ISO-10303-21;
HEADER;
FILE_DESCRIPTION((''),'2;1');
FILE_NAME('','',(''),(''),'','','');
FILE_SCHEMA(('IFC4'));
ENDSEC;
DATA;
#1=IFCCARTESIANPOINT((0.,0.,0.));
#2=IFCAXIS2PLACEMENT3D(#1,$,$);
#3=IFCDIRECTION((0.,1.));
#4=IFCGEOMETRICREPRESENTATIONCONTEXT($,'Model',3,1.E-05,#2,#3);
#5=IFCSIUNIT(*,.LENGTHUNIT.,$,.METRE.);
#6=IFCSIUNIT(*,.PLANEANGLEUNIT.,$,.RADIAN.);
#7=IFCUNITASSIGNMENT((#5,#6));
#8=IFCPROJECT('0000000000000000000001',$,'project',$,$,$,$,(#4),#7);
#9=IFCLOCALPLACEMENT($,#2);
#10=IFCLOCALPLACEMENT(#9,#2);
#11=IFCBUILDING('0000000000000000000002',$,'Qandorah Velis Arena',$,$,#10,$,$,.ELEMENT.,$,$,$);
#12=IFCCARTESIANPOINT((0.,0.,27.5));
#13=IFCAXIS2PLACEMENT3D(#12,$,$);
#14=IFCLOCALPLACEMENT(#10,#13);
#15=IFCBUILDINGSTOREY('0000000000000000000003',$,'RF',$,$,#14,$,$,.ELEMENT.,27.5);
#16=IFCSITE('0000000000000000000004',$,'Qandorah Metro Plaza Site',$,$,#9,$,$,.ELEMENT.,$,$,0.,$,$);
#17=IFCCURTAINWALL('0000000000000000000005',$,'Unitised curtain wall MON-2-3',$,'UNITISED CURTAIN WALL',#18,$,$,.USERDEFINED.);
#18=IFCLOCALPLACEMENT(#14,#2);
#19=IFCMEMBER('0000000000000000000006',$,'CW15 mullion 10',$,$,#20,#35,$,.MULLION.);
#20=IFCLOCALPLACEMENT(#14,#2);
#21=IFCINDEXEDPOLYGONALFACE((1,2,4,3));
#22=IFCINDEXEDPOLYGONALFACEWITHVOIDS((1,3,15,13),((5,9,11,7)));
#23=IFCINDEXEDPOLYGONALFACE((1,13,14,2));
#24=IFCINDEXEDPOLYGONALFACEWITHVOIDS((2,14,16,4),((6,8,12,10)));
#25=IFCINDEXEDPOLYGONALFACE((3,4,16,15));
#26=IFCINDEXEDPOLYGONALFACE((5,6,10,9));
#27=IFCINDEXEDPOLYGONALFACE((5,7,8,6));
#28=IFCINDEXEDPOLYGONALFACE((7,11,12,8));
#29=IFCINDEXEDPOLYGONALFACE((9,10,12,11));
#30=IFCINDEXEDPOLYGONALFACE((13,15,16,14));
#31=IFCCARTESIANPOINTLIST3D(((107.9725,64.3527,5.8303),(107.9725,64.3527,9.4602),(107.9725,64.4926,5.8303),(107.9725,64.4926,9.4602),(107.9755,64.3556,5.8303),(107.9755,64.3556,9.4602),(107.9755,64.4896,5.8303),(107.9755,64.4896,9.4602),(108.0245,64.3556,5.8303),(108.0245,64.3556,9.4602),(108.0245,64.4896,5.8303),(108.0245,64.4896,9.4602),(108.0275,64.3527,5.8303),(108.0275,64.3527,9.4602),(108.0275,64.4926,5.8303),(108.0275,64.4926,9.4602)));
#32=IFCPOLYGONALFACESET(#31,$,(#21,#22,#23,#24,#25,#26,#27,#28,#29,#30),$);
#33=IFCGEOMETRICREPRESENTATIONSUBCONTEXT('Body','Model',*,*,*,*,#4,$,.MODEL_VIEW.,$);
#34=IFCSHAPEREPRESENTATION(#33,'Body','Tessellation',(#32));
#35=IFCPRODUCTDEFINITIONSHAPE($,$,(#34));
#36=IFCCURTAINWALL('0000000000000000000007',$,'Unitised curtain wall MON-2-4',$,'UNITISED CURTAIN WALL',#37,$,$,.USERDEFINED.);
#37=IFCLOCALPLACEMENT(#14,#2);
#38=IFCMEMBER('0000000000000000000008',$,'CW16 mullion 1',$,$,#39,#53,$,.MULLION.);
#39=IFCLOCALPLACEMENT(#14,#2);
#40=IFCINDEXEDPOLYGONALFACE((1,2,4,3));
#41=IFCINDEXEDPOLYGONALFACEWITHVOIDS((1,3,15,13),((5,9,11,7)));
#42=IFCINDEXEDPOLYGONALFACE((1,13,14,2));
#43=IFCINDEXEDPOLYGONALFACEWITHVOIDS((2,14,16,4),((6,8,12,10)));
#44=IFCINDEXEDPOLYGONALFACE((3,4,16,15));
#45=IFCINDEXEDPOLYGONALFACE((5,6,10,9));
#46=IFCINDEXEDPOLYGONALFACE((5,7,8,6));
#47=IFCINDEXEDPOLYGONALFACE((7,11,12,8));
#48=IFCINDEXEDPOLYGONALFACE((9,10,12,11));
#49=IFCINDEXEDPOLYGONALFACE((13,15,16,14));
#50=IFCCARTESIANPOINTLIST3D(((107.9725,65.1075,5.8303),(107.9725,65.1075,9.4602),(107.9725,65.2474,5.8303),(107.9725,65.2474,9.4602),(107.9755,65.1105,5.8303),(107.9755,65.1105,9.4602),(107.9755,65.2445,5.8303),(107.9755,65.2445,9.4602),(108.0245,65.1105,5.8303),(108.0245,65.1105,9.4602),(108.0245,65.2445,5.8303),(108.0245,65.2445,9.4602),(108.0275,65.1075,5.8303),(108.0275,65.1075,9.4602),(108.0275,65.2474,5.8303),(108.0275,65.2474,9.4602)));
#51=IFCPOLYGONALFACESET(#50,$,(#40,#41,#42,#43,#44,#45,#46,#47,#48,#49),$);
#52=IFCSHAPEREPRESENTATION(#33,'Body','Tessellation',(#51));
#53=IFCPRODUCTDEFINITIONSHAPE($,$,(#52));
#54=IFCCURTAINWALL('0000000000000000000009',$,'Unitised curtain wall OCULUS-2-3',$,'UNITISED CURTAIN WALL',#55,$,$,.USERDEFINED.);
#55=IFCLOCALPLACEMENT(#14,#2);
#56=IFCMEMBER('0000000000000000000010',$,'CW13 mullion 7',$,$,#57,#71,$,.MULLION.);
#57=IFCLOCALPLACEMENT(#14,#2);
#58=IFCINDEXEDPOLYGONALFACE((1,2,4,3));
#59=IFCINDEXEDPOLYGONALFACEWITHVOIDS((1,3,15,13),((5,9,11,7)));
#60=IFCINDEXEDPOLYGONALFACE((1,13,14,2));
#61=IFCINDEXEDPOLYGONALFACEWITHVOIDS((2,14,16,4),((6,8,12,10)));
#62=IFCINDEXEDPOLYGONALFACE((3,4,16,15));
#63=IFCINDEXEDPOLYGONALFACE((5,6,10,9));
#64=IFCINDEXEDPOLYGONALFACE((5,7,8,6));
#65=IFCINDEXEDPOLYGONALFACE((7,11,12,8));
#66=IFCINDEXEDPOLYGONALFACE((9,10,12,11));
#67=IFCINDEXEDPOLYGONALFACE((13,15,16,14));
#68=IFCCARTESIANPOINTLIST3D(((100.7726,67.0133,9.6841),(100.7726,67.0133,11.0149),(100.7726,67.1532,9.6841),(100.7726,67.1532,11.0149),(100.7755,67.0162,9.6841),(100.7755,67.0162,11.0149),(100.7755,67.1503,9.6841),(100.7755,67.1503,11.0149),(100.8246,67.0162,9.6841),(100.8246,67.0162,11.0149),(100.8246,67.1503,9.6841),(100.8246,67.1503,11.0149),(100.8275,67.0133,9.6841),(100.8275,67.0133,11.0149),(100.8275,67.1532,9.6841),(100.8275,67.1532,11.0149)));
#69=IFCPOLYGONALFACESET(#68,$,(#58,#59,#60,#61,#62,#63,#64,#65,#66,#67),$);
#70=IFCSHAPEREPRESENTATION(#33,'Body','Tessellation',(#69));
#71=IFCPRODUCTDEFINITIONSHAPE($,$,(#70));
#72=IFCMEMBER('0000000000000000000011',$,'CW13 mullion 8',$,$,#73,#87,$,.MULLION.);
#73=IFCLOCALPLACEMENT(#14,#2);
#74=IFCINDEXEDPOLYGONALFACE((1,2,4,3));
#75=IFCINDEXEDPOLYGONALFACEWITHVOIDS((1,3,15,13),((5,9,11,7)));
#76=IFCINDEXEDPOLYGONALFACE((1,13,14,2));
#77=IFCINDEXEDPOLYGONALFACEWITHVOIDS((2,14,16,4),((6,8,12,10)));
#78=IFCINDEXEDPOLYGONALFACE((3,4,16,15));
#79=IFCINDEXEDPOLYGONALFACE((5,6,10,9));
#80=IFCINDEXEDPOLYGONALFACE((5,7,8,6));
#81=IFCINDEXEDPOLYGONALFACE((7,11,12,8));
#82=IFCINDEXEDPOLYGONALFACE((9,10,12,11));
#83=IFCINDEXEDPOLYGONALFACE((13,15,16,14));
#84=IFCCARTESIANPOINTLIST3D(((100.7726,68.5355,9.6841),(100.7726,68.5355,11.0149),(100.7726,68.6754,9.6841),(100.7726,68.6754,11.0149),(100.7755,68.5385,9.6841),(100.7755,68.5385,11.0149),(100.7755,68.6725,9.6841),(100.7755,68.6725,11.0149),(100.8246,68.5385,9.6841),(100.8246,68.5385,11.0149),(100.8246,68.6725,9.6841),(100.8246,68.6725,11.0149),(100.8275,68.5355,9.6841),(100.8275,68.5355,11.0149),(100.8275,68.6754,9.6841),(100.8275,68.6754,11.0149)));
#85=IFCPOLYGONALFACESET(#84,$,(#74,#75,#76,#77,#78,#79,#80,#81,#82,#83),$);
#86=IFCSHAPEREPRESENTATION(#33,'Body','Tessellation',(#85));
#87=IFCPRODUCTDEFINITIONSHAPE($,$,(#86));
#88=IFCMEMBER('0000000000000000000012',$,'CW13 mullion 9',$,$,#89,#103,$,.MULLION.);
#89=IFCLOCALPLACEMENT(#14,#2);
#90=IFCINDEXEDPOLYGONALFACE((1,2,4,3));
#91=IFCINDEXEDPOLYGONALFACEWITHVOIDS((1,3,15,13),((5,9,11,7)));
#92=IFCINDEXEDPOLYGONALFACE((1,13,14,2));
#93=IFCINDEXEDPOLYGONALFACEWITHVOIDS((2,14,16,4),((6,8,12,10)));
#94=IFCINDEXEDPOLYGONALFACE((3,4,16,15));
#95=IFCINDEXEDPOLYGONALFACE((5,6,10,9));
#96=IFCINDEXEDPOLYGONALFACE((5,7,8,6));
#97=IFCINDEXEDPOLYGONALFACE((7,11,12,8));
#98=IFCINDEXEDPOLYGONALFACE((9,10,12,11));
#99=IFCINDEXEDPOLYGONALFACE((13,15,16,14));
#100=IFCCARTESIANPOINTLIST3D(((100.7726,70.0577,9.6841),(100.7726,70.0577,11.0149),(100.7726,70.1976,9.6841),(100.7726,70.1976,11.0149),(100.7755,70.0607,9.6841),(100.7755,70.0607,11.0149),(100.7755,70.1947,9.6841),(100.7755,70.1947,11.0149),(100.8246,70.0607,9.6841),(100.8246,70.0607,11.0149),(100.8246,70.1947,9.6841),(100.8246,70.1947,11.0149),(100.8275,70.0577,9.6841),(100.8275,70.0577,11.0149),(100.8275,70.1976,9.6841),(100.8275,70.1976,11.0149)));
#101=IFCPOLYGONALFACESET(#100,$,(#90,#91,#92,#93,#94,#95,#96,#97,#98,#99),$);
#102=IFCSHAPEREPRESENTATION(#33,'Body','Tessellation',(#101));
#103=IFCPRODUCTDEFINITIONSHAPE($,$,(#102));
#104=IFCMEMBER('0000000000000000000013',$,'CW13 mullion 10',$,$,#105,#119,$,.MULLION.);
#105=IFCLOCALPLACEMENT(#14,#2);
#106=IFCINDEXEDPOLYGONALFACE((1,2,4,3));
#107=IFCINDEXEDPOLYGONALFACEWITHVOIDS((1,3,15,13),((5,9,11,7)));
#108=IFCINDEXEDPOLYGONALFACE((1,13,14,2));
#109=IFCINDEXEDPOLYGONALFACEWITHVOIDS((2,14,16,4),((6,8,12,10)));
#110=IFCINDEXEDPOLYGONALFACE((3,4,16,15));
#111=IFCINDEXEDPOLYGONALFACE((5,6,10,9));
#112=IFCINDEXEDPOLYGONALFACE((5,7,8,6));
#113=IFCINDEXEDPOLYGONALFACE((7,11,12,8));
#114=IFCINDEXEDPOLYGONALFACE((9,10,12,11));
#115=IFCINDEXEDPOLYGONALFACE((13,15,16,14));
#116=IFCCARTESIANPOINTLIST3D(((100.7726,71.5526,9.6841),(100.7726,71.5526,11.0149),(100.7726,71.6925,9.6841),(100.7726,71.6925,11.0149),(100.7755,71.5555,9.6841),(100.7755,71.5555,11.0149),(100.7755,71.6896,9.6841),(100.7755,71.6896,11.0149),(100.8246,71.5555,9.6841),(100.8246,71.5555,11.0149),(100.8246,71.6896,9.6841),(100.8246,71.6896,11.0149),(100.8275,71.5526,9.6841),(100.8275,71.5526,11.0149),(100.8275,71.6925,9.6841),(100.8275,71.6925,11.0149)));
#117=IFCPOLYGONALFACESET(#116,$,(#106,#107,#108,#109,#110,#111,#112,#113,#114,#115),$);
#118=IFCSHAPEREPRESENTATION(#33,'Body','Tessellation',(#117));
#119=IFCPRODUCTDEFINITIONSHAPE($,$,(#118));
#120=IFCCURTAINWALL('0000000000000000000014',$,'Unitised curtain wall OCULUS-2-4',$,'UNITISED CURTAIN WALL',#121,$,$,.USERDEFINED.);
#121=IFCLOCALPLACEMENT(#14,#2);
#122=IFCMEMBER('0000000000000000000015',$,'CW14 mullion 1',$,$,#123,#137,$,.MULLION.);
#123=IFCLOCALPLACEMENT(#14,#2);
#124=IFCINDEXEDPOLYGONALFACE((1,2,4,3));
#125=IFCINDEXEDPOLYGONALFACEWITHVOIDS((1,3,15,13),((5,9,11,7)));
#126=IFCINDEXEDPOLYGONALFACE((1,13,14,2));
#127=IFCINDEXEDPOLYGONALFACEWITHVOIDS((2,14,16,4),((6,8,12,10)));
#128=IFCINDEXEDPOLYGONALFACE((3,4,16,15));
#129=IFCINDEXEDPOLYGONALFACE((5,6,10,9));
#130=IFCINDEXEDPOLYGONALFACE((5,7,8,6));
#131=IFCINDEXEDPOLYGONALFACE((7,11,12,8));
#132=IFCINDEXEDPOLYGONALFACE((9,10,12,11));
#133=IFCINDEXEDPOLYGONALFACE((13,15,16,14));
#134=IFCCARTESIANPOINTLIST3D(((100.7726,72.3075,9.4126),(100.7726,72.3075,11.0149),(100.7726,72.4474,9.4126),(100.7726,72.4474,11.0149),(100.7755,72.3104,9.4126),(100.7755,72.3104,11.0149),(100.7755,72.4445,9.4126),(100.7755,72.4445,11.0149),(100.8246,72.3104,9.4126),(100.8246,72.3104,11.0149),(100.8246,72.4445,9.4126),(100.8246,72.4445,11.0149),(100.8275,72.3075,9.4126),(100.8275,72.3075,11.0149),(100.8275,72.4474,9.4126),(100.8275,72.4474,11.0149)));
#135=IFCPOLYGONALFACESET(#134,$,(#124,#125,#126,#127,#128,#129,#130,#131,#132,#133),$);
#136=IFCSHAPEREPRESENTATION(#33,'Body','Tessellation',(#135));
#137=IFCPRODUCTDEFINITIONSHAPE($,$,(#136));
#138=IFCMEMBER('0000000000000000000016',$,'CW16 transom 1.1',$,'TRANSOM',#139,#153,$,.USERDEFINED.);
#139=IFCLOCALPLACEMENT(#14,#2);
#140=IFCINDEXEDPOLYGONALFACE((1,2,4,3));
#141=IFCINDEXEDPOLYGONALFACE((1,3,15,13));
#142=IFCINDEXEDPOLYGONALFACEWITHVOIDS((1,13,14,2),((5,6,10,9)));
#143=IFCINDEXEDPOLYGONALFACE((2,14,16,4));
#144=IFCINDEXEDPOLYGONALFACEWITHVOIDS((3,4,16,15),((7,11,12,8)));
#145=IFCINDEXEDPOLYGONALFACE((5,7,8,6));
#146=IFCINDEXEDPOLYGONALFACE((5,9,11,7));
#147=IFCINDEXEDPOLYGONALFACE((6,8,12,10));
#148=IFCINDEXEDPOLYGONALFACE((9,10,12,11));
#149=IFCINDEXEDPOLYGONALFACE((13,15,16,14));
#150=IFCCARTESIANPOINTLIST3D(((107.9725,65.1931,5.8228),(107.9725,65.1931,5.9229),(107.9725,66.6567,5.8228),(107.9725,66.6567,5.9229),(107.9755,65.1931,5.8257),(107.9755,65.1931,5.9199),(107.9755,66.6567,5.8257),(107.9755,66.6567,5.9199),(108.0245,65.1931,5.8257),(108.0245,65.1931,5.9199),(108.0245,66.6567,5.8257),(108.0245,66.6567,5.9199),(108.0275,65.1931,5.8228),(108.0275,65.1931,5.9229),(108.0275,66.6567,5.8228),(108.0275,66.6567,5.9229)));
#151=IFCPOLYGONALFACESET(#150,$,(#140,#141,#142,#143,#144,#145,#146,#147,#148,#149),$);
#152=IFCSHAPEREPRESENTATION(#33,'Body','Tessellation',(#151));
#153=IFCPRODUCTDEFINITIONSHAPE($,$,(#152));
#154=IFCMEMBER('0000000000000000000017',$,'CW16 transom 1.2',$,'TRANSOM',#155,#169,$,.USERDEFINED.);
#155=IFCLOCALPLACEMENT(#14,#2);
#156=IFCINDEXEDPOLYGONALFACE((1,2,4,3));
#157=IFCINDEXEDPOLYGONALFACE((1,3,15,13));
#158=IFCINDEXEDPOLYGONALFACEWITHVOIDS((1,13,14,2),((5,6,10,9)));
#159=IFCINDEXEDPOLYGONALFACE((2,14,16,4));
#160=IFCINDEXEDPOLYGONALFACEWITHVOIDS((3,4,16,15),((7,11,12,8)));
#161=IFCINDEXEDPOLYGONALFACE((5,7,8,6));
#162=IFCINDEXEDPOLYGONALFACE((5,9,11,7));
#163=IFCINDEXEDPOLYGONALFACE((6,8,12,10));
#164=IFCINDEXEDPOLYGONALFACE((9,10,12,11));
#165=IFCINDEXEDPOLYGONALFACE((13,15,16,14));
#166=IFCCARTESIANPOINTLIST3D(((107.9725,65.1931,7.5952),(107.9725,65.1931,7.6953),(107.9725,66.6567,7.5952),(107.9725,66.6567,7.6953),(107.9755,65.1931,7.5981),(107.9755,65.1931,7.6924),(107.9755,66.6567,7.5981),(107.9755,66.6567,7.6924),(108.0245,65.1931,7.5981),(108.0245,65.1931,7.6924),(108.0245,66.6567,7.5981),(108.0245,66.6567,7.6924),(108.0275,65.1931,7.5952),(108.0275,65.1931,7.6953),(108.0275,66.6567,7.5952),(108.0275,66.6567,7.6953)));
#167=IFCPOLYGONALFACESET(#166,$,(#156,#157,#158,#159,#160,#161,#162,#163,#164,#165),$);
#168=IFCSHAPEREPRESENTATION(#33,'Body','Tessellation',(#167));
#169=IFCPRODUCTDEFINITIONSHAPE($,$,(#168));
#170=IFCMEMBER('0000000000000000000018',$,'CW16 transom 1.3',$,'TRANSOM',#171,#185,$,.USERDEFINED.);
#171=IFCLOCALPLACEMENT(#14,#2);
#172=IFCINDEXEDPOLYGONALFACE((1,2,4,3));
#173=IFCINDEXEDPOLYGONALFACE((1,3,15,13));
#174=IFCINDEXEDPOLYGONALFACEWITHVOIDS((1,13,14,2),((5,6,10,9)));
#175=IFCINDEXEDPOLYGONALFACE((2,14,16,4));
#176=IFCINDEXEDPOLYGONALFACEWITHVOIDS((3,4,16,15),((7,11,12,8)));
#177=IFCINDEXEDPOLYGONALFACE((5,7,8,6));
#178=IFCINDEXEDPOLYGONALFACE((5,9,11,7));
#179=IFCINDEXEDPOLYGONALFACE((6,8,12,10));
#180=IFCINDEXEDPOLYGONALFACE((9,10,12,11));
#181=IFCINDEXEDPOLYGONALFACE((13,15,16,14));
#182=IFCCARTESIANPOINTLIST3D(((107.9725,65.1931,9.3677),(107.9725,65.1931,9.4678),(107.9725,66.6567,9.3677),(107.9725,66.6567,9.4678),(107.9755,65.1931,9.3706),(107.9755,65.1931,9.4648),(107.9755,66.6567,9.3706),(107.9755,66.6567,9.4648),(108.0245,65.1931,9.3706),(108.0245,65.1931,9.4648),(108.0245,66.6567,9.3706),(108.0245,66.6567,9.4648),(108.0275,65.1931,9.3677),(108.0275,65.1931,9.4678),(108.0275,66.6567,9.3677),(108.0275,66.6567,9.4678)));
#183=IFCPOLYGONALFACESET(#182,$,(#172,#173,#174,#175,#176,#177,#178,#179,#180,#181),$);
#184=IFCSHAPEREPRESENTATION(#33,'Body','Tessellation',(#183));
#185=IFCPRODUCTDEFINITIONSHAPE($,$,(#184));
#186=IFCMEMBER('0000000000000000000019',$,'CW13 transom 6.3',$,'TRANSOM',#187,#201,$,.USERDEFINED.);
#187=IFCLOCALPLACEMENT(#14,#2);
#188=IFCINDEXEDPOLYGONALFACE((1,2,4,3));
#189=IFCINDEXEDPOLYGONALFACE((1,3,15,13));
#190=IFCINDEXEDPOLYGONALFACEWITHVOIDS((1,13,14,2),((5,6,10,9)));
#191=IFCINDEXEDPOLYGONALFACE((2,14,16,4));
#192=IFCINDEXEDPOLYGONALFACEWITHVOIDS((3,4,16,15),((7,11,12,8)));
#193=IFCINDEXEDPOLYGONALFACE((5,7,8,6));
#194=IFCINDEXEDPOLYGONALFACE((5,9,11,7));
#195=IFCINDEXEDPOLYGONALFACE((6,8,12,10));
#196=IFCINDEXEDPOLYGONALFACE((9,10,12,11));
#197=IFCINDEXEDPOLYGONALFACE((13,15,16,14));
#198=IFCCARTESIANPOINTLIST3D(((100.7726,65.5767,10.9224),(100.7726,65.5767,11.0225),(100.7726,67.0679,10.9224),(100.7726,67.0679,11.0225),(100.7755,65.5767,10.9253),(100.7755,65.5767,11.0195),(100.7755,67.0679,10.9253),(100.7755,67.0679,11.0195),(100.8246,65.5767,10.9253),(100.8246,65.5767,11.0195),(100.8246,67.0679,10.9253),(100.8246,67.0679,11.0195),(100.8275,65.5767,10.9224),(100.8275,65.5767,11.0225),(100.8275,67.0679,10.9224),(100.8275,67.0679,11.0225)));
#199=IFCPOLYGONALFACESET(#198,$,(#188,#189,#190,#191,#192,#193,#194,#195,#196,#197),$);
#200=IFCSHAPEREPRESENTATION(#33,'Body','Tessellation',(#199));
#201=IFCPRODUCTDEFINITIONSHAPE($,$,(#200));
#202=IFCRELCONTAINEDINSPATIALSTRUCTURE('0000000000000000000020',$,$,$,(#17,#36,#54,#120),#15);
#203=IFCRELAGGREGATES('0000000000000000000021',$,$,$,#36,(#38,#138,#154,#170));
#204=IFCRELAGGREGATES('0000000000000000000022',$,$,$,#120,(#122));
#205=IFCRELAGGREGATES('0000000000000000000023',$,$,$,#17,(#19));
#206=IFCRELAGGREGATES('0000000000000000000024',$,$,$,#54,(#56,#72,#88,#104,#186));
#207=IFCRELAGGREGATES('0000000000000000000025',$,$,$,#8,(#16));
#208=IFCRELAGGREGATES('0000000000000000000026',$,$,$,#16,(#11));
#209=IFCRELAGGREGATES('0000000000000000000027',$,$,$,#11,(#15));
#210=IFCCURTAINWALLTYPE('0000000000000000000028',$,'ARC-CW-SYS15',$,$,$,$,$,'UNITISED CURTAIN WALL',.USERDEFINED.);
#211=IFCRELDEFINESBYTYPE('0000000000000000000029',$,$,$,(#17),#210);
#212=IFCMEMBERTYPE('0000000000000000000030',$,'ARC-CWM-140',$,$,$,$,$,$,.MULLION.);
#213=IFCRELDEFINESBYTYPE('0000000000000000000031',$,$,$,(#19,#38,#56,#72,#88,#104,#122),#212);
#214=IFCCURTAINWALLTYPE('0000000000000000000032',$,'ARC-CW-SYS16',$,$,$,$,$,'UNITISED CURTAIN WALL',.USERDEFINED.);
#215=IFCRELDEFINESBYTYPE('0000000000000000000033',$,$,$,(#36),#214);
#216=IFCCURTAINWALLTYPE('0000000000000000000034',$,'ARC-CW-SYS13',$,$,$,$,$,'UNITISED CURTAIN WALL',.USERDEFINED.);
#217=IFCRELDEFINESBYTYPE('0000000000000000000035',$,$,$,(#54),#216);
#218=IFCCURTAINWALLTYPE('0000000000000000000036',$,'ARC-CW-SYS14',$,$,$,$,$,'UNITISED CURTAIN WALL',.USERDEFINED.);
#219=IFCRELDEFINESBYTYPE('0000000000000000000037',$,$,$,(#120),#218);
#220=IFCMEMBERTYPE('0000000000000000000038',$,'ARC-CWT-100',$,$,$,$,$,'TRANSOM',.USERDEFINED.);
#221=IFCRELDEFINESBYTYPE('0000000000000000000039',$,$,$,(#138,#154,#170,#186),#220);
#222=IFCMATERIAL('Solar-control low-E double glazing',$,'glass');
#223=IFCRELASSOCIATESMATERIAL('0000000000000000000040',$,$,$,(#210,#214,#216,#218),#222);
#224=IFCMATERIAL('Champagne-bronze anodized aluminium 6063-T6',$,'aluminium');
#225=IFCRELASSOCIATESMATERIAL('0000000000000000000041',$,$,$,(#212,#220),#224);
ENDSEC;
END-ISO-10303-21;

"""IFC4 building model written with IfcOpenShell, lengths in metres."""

from ifc_helpers import new_model, si_unit, direction, frame, origin, origin_2d, place, context, subcontext, project, spatial, hollow_rectangle, extrude, material, material_profile, profile_set, type_object, element, aggregate, save


model = new_model("IFC4")

# Units and contexts
model_context = context("Model", 3, precision=1e-05, world=origin(), true_north=direction((0.0, 1.0)))
body_context = subcontext(model_context, "Body", "Model", "MODEL_VIEW")
ifc_project = project(units=[si_unit("LENGTHUNIT", "METRE"), si_unit("PLANEANGLEUNIT", "RADIAN")], contexts=[model_context])

# Site, building, storey
site_placement = place(None, origin())
site = spatial("IfcSite", under=ifc_project, at=site_placement, Name="Qandorah Metro Plaza Site", CompositionType="ELEMENT", RefElevation=0.0)
building_placement = place(site_placement, origin())
building = spatial("IfcBuilding", under=site, at=building_placement, Name="Qandorah Velis Arena", CompositionType="ELEMENT")
storey_placement = place(building_placement, frame((0.0, 0.0, 27.5)))
storey = spatial("IfcBuildingStorey", under=building, at=storey_placement, Name="RF", CompositionType="ELEMENT", Elevation=27.5)

# Curtain walls, members
ifc_material_1 = material(Name="Solar-control low-E double glazing", Category="glass")
curtain_wall_type_1 = type_object("IfcCurtainWallType", Name="ARC-CW-SYS15", ElementType="UNITISED CURTAIN WALL", PredefinedType="USERDEFINED", material=ifc_material_1)
curtain_wall_1_placement = place(storey_placement, origin())
curtain_wall_1 = element("IfcCurtainWall", 1, at=curtain_wall_1_placement, inside=storey, type_object=curtain_wall_type_1, Name="Unitised curtain wall MON-2-3", ObjectType="UNITISED CURTAIN WALL", PredefinedType="USERDEFINED")
ifc_material_2 = material(Name="Champagne-bronze anodized aluminium 6063-T6", Category="aluminium")
ifc_material_profile_1 = material_profile(ifc_material_2, hollow_rectangle(XDim=0.0549, YDim=0.1399, WallThickness=0.0029, at=origin_2d()), Name="ALU MULLION 55x140")
ifc_profile_set_1 = profile_set([ifc_material_profile_1], Name="Champagne-bronze anodized aluminium 6063-T6")
member_type_1 = type_object("IfcMemberType", Name="ARC-CWM-140", PredefinedType="MULLION", material=ifc_profile_set_1)
member_1_placement = place(storey_placement, frame((108.0, 64.4226, 5.8303), z_axis=(0.0, 0.0, 1.0), x_axis=(-1.0, 0.0, 0.0)))
member_1 = element("IfcMember", 2, at=member_1_placement, type_object=member_type_1, Name="CW15 mullion 10", PredefinedType="MULLION", context=body_context, shape_type="SweptSolid", body=[
    extrude(hollow_rectangle(XDim=0.0549, YDim=0.1399, WallThickness=0.0029, at=origin_2d()), origin(), (0.0, 0.0, 1.0), 3.6299),
])
curtain_wall_type_2 = type_object("IfcCurtainWallType", Name="ARC-CW-SYS16", ElementType="UNITISED CURTAIN WALL", PredefinedType="USERDEFINED", material=ifc_material_1)
curtain_wall_2_placement = place(storey_placement, origin())
curtain_wall_2 = element("IfcCurtainWall", 3, at=curtain_wall_2_placement, inside=storey, type_object=curtain_wall_type_2, Name="Unitised curtain wall MON-2-4", ObjectType="UNITISED CURTAIN WALL", PredefinedType="USERDEFINED")
member_2_placement = place(storey_placement, frame((108.0, 65.1775, 5.8303), z_axis=(0.0, 0.0, 1.0), x_axis=(-1.0, 0.0, 0.0)))
member_2 = element("IfcMember", 4, at=member_2_placement, type_object=member_type_1, Name="CW16 mullion 1", PredefinedType="MULLION", context=body_context, shape_type="SweptSolid", body=[
    extrude(hollow_rectangle(XDim=0.0549, YDim=0.1399, WallThickness=0.0029, at=origin_2d()), origin(), (0.0, 0.0, 1.0), 3.6299),
])

# Curtain wall, members
curtain_wall_type_3 = type_object("IfcCurtainWallType", Name="ARC-CW-SYS13", ElementType="UNITISED CURTAIN WALL", PredefinedType="USERDEFINED", material=ifc_material_1)
curtain_wall_3_placement = place(storey_placement, origin())
curtain_wall_3 = element("IfcCurtainWall", 5, at=curtain_wall_3_placement, inside=storey, type_object=curtain_wall_type_3, Name="Unitised curtain wall OCULUS-2-3", ObjectType="UNITISED CURTAIN WALL", PredefinedType="USERDEFINED")
member_3_placement = place(storey_placement, frame((100.8, 67.0833, 9.6841), z_axis=(0.0, 0.0, 1.0), x_axis=(-1.0, 0.0, 0.0)))
member_3 = element("IfcMember", 6, at=member_3_placement, type_object=member_type_1, Name="CW13 mullion 7", PredefinedType="MULLION", context=body_context, shape_type="SweptSolid", body=[
    extrude(hollow_rectangle(XDim=0.0549, YDim=0.1399, WallThickness=0.0029, at=origin_2d()), origin(), (0.0, 0.0, 1.0), 1.3308),
])
member_4_placement = place(storey_placement, frame((100.8, 68.6055, 9.6841), z_axis=(0.0, 0.0, 1.0), x_axis=(-1.0, 0.0, 0.0)))
member_4 = element("IfcMember", 7, at=member_4_placement, type_object=member_type_1, Name="CW13 mullion 8", PredefinedType="MULLION", context=body_context, shape_type="SweptSolid", body=[
    extrude(hollow_rectangle(XDim=0.0549, YDim=0.1399, WallThickness=0.0029, at=origin_2d()), origin(), (0.0, 0.0, 1.0), 1.3308),
])
member_5_placement = place(storey_placement, frame((100.8, 70.1277, 9.6841), z_axis=(0.0, 0.0, 1.0), x_axis=(-1.0, 0.0, 0.0)))
member_5 = element("IfcMember", 8, at=member_5_placement, type_object=member_type_1, Name="CW13 mullion 9", PredefinedType="MULLION", context=body_context, shape_type="SweptSolid", body=[
    extrude(hollow_rectangle(XDim=0.0549, YDim=0.1399, WallThickness=0.0029, at=origin_2d()), origin(), (0.0, 0.0, 1.0), 1.3308),
])
member_6_placement = place(storey_placement, frame((100.8, 71.6226, 9.6841), z_axis=(0.0, 0.0, 1.0), x_axis=(-1.0, 0.0, 0.0)))
member_6 = element("IfcMember", 9, at=member_6_placement, type_object=member_type_1, Name="CW13 mullion 10", PredefinedType="MULLION", context=body_context, shape_type="SweptSolid", body=[
    extrude(hollow_rectangle(XDim=0.0549, YDim=0.1399, WallThickness=0.0029, at=origin_2d()), origin(), (0.0, 0.0, 1.0), 1.3308),
])

# Curtain wall, member
curtain_wall_type_4 = type_object("IfcCurtainWallType", Name="ARC-CW-SYS14", ElementType="UNITISED CURTAIN WALL", PredefinedType="USERDEFINED", material=ifc_material_1)
curtain_wall_4_placement = place(storey_placement, origin())
curtain_wall_4 = element("IfcCurtainWall", 10, at=curtain_wall_4_placement, inside=storey, type_object=curtain_wall_type_4, Name="Unitised curtain wall OCULUS-2-4", ObjectType="UNITISED CURTAIN WALL", PredefinedType="USERDEFINED")
member_7_placement = place(storey_placement, frame((100.8, 72.3774, 9.4126), z_axis=(0.0, 0.0, 1.0), x_axis=(-1.0, 0.0, 0.0)))
member_7 = element("IfcMember", 11, at=member_7_placement, type_object=member_type_1, Name="CW14 mullion 1", PredefinedType="MULLION", context=body_context, shape_type="SweptSolid", body=[
    extrude(hollow_rectangle(XDim=0.0549, YDim=0.1399, WallThickness=0.0029, at=origin_2d()), origin(), (0.0, 0.0, 1.0), 1.6023),
])

# Members
ifc_material_profile_2 = material_profile(ifc_material_2, hollow_rectangle(XDim=0.0549, YDim=0.1001, WallThickness=0.0029, at=origin_2d()), Name="ALU TRANSOM 55x100")
ifc_profile_set_2 = profile_set([ifc_material_profile_2], Name="Champagne-bronze anodized aluminium 6063-T6")
member_type_2 = type_object("IfcMemberType", Name="ARC-CWT-100", ElementType="TRANSOM", PredefinedType="USERDEFINED", material=ifc_profile_set_2)
member_8_placement = place(storey_placement, frame((108.0, 65.1931, 5.8728), z_axis=(0.0, 1.0, 0.0), x_axis=(-1.0, 0.0, 0.0)))
member_8 = element("IfcMember", 12, at=member_8_placement, type_object=member_type_2, Name="CW16 transom 1.1", ObjectType="TRANSOM", PredefinedType="USERDEFINED", context=body_context, shape_type="SweptSolid", body=[
    extrude(hollow_rectangle(XDim=0.0549, YDim=0.1001, WallThickness=0.0029, at=origin_2d()), origin(), (0.0, 0.0, 1.0), 1.4636),
])
member_9_placement = place(storey_placement, frame((108.0, 65.1931, 7.6453), z_axis=(0.0, 1.0, 0.0), x_axis=(-1.0, 0.0, 0.0)))
member_9 = element("IfcMember", 13, at=member_9_placement, type_object=member_type_2, Name="CW16 transom 1.2", ObjectType="TRANSOM", PredefinedType="USERDEFINED", context=body_context, shape_type="SweptSolid", body=[
    extrude(hollow_rectangle(XDim=0.0549, YDim=0.1001, WallThickness=0.0029, at=origin_2d()), origin(), (0.0, 0.0, 1.0), 1.4636),
])
member_10_placement = place(storey_placement, frame((108.0, 65.1931, 9.4177), z_axis=(0.0, 1.0, 0.0), x_axis=(-1.0, 0.0, 0.0)))
member_10 = element("IfcMember", 14, at=member_10_placement, type_object=member_type_2, Name="CW16 transom 1.3", ObjectType="TRANSOM", PredefinedType="USERDEFINED", context=body_context, shape_type="SweptSolid", body=[
    extrude(hollow_rectangle(XDim=0.0549, YDim=0.1001, WallThickness=0.0029, at=origin_2d()), origin(), (0.0, 0.0, 1.0), 1.4636),
])
aggregate(curtain_wall_2, [member_2, member_8, member_9, member_10])
member_11_placement = place(storey_placement, frame((100.8, 65.5767, 10.9724), z_axis=(0.0, 1.0, 0.0), x_axis=(-1.0, 0.0, 0.0)))
member_11 = element("IfcMember", 15, at=member_11_placement, type_object=member_type_2, Name="CW13 transom 6.3", ObjectType="TRANSOM", PredefinedType="USERDEFINED", context=body_context, shape_type="SweptSolid", body=[
    extrude(hollow_rectangle(XDim=0.0549, YDim=0.1001, WallThickness=0.0029, at=origin_2d()), origin(), (0.0, 0.0, 1.0), 1.4912),
])
aggregate(curtain_wall_4, [member_7])

aggregate(curtain_wall_1, [member_1])
aggregate(curtain_wall_3, [member_3, member_4, member_5, member_6, member_11])

save(model, "model.ifc")
